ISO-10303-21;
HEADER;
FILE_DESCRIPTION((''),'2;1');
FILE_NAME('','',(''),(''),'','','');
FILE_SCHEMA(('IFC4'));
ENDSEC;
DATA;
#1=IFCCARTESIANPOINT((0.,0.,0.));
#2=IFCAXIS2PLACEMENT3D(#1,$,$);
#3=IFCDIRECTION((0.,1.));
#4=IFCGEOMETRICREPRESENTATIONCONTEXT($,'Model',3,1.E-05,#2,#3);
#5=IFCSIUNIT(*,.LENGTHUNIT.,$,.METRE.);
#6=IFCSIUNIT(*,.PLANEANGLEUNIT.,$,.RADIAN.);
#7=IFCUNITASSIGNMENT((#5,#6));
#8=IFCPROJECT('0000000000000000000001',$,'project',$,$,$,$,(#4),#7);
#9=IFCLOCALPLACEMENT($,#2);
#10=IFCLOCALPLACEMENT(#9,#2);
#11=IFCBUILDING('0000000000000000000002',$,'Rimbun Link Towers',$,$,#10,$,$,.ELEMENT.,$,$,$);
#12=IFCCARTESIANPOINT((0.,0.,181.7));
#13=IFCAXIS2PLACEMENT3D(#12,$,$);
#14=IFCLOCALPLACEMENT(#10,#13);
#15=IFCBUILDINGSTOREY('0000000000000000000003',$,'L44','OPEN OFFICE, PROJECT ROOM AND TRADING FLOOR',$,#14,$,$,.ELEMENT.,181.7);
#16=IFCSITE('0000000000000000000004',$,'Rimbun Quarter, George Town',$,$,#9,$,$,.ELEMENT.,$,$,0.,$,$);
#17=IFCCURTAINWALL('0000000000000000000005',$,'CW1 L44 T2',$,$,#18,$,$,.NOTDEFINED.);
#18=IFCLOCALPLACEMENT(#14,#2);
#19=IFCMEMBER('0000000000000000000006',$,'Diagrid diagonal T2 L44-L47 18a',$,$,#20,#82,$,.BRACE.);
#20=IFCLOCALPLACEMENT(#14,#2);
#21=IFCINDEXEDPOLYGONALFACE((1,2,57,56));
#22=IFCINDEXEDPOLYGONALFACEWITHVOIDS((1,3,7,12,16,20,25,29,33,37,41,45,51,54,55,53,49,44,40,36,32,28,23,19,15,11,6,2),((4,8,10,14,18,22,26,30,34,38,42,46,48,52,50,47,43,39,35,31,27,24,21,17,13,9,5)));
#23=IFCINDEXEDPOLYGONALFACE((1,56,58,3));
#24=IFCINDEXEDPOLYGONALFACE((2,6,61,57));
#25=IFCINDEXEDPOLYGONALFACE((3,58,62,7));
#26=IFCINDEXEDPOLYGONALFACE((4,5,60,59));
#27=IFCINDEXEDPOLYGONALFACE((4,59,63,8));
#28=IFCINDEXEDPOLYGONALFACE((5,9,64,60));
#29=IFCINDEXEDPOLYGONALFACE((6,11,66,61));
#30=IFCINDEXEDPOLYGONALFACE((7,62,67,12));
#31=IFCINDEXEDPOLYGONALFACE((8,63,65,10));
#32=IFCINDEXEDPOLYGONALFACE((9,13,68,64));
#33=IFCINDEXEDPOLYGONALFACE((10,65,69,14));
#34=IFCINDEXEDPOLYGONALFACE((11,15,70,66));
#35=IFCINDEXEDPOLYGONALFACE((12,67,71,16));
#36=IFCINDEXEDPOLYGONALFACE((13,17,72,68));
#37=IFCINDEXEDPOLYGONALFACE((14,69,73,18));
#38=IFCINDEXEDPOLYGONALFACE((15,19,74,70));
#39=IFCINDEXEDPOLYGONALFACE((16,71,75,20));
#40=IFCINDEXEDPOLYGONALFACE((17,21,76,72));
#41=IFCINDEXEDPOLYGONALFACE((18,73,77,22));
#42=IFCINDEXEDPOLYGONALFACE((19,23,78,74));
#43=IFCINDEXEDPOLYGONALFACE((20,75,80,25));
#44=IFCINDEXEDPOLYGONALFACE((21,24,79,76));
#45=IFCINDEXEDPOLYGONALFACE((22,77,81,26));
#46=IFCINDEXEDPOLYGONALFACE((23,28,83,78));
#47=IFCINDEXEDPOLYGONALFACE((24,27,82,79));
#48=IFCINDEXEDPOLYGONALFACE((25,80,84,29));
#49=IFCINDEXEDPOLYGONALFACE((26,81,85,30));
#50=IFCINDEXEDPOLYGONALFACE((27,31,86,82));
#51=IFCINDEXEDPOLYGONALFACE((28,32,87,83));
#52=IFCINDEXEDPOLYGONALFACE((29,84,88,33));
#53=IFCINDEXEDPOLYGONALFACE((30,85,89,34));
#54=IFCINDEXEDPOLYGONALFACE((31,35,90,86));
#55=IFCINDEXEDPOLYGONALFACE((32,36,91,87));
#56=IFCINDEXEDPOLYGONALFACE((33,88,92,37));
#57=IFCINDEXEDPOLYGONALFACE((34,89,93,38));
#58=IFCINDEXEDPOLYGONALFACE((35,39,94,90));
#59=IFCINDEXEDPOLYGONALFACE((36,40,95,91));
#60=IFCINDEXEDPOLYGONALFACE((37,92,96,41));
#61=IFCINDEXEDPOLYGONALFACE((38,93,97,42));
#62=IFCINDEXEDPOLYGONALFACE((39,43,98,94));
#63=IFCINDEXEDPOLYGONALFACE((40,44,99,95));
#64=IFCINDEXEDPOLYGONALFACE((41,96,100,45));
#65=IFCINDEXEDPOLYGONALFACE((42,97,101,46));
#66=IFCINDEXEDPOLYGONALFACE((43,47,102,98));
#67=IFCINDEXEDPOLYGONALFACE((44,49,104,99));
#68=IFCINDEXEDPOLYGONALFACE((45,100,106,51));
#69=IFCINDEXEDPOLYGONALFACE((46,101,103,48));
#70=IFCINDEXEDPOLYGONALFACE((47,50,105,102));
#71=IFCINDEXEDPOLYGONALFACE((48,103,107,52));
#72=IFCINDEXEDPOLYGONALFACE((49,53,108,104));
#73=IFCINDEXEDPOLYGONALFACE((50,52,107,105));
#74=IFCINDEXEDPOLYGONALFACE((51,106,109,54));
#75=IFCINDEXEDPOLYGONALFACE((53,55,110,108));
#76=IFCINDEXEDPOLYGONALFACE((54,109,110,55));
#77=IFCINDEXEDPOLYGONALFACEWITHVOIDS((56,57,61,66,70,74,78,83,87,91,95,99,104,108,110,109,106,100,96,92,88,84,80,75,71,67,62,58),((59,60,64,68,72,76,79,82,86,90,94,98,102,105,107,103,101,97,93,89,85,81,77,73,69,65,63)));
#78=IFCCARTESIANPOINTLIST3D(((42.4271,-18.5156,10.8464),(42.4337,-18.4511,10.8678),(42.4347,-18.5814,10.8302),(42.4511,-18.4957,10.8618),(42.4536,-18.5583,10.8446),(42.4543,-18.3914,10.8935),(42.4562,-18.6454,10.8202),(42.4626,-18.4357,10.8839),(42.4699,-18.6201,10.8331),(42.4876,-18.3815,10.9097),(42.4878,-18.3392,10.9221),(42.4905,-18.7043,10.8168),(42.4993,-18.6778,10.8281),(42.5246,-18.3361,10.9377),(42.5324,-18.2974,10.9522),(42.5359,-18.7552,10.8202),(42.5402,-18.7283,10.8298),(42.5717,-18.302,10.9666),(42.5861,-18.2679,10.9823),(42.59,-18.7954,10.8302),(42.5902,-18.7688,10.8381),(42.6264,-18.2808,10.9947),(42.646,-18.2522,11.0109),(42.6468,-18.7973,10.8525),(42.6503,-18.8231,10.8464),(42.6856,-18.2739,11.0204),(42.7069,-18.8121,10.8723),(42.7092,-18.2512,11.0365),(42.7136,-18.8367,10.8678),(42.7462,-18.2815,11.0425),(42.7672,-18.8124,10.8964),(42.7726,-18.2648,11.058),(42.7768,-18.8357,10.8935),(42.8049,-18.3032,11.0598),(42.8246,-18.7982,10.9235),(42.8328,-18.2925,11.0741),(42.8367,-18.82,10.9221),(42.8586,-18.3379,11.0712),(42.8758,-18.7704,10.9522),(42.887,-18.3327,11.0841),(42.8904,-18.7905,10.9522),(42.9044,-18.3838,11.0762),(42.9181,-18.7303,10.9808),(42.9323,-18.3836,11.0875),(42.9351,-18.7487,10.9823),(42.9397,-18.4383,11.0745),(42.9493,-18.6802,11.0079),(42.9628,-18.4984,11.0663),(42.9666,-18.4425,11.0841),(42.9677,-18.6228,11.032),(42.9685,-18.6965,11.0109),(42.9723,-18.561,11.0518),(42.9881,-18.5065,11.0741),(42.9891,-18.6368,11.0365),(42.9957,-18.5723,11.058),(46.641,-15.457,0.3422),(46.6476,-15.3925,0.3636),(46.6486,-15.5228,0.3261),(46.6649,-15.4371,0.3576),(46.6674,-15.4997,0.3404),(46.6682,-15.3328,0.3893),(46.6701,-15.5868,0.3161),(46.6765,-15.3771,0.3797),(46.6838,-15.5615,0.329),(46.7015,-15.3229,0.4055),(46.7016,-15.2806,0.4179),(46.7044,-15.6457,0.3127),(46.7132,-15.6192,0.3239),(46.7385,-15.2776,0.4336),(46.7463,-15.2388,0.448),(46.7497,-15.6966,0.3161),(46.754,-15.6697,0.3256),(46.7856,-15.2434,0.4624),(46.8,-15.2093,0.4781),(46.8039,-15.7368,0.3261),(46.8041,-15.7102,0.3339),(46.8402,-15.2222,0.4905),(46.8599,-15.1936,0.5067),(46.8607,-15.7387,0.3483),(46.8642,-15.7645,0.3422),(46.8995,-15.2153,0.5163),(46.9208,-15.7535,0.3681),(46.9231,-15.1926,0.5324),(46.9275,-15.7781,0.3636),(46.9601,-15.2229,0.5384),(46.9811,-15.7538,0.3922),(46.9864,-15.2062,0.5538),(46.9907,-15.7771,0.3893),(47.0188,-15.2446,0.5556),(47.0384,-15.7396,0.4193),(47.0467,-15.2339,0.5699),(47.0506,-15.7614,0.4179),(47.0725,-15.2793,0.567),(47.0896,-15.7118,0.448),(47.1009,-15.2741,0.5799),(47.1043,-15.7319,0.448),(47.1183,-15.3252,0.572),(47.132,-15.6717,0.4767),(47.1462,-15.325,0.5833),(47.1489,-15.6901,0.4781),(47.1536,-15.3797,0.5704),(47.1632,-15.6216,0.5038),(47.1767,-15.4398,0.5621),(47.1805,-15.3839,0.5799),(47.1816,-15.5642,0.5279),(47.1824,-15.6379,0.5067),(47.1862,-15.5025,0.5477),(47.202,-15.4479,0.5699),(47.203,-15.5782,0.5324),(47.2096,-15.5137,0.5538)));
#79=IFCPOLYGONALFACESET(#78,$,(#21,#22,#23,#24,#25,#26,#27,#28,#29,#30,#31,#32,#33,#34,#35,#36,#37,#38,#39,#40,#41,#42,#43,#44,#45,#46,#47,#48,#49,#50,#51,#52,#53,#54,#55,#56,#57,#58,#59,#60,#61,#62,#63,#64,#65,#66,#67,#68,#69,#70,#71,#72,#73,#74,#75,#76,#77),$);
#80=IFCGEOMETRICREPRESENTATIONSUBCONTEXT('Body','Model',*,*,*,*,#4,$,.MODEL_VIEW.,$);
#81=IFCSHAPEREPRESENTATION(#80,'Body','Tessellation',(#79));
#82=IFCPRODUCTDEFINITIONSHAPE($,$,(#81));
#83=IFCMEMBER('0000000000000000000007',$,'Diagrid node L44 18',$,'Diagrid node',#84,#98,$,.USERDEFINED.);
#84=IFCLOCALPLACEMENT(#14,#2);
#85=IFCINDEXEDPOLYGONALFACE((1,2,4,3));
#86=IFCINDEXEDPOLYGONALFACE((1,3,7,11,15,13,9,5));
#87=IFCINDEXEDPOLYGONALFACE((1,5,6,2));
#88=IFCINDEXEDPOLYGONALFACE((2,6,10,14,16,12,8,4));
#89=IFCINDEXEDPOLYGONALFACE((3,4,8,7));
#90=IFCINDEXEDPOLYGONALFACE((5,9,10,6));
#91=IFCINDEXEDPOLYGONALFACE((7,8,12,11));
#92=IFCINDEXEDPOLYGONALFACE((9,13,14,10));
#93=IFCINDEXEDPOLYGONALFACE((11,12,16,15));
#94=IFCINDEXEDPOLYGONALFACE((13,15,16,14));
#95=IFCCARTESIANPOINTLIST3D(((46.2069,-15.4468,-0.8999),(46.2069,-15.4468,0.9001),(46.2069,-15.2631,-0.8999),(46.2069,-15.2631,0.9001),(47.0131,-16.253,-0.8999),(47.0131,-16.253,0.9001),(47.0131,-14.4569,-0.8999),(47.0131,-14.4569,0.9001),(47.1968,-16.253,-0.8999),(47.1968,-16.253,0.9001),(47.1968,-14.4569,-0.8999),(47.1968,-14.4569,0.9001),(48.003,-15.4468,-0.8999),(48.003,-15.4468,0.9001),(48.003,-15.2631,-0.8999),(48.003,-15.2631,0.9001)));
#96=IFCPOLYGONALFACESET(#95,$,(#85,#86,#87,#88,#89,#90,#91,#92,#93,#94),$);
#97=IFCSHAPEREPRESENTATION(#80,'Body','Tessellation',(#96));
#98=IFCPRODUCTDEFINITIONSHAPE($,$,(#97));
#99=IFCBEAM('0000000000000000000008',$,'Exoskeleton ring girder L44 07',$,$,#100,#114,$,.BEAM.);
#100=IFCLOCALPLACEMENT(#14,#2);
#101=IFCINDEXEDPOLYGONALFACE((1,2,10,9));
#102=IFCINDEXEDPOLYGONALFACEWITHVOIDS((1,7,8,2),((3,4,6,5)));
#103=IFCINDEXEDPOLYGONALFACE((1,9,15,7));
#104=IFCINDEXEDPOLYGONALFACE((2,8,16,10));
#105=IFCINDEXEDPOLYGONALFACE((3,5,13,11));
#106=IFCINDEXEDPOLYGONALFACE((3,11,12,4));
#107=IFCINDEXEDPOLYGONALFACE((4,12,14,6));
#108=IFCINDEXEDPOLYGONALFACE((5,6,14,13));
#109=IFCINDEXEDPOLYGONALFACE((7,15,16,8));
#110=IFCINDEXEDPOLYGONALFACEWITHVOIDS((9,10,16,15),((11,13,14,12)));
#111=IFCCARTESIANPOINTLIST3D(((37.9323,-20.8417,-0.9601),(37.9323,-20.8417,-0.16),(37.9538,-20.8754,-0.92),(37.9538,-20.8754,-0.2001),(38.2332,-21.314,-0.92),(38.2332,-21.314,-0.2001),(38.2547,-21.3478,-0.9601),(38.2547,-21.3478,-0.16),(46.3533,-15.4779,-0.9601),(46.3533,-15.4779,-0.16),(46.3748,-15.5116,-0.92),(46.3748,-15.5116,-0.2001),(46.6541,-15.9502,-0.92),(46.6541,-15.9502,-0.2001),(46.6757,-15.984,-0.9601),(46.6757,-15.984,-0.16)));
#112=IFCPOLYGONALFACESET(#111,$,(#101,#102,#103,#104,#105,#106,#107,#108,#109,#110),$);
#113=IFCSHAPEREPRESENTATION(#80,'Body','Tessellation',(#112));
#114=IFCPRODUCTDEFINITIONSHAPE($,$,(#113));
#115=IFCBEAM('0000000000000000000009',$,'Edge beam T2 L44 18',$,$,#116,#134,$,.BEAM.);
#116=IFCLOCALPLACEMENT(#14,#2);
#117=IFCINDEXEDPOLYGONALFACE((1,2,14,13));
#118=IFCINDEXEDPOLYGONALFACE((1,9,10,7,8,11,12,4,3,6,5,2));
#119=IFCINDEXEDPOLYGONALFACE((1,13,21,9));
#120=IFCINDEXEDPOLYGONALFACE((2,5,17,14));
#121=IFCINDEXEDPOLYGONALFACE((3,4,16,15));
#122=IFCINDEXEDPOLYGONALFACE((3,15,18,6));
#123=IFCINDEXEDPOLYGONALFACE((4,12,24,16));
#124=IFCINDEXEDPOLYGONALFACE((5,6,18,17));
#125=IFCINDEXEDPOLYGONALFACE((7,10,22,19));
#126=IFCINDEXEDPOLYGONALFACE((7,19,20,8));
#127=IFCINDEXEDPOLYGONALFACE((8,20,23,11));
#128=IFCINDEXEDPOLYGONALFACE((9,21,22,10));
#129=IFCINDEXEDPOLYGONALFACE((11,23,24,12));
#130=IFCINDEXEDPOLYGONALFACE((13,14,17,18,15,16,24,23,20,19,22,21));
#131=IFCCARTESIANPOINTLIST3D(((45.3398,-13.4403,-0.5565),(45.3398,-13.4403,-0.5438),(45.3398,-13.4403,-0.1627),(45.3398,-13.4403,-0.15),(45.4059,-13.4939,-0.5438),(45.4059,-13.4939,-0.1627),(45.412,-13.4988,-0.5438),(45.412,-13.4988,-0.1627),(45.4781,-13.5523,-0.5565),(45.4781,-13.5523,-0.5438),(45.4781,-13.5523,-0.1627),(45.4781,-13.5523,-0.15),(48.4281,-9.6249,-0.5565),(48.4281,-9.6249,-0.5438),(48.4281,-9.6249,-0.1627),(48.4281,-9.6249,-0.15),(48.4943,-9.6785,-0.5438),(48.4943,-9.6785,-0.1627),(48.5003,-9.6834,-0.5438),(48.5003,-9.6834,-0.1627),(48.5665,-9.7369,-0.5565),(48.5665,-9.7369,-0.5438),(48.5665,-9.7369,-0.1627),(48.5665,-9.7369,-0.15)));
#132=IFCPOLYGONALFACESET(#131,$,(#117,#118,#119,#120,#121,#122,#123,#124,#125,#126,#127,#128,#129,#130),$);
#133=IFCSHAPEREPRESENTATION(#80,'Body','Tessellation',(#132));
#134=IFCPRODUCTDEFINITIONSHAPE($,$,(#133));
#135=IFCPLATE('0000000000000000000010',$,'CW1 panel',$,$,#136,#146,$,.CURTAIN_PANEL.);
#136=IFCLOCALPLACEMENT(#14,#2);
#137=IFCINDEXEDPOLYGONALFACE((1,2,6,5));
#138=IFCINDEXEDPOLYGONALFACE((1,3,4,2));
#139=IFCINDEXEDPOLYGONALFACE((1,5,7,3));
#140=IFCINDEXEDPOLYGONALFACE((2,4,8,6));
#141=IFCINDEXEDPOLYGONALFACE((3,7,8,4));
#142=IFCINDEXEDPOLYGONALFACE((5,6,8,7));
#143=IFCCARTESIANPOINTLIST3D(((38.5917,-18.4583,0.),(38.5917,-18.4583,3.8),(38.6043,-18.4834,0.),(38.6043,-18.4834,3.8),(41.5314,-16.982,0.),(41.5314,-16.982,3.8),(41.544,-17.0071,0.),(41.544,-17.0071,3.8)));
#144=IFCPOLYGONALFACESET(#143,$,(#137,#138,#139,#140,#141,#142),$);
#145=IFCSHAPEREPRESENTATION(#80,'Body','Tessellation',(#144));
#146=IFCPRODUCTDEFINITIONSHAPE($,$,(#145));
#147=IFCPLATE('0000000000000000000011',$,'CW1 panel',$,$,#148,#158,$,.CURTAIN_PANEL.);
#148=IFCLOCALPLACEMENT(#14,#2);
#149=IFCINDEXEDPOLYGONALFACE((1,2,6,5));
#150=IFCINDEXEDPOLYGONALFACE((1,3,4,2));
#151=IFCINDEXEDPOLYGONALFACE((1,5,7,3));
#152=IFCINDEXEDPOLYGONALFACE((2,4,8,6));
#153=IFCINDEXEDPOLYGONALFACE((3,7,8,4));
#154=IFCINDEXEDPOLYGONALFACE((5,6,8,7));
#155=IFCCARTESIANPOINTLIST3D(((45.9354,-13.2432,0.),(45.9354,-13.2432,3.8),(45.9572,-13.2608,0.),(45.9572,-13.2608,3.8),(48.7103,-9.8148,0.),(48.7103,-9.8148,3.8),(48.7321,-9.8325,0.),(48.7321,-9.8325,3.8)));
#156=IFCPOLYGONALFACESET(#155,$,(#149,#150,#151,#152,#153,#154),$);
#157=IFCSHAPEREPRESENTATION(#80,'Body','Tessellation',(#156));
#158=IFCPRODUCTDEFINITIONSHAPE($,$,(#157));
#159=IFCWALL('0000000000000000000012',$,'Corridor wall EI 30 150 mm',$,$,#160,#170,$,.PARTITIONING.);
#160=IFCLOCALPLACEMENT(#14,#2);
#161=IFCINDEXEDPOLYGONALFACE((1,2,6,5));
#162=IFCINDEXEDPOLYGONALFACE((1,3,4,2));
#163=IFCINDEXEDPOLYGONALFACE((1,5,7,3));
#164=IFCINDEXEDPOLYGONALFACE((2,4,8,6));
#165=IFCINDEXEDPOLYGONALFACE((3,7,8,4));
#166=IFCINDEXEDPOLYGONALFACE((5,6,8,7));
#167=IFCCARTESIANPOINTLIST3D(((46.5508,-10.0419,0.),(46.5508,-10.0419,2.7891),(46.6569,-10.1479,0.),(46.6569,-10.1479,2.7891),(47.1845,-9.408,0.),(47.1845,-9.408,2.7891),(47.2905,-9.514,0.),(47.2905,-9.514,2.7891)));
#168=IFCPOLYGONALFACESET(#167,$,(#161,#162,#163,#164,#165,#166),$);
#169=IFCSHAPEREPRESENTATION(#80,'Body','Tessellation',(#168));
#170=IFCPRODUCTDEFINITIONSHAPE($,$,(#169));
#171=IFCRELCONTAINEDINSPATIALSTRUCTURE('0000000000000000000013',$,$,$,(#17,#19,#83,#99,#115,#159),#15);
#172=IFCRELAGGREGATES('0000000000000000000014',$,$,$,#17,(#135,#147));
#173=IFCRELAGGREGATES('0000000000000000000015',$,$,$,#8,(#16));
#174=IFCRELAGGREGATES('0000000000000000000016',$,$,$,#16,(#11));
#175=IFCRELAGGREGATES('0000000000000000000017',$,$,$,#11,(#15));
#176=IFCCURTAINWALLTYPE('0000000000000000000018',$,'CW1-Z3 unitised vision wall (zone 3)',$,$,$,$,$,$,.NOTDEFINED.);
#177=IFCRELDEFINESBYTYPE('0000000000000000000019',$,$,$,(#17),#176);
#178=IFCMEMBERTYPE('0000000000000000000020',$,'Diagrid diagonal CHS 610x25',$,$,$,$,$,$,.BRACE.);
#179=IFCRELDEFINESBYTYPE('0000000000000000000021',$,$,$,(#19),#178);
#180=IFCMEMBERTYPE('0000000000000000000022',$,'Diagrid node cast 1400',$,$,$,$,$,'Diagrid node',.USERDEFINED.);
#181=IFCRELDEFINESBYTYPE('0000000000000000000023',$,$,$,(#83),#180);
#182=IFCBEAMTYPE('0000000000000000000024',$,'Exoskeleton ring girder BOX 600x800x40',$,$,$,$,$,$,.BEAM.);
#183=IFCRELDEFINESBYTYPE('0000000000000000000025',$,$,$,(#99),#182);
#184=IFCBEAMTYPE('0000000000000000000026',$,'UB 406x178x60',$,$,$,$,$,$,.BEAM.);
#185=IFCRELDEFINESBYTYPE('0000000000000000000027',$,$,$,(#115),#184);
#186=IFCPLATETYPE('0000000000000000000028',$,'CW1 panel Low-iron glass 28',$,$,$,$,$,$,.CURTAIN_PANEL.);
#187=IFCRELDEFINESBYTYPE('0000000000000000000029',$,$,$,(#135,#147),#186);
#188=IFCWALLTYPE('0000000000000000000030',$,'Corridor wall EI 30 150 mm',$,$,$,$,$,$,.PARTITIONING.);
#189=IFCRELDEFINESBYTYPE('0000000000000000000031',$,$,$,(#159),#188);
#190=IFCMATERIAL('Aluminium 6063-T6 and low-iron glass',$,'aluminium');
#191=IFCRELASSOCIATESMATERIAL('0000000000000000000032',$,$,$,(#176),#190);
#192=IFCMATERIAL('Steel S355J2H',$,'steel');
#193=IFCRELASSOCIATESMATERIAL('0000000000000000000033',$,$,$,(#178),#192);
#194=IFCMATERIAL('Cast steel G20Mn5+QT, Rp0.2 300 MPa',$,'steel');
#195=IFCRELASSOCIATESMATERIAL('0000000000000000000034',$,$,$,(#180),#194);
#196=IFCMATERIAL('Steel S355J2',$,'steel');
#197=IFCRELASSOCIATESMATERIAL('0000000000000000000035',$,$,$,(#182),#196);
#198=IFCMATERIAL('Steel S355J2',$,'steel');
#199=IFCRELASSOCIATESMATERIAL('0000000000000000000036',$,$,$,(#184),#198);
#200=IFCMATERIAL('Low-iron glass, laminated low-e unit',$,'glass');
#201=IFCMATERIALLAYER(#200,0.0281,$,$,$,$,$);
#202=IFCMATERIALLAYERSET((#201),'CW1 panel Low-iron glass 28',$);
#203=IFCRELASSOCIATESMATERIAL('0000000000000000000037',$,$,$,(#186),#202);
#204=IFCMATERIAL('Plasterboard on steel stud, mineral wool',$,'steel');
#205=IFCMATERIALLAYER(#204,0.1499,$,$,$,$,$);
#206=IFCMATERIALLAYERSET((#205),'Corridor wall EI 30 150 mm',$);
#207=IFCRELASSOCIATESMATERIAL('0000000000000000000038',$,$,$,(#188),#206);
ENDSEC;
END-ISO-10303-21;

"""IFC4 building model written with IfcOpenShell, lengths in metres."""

from ifc_helpers import new_model, si_unit, direction, frame, frame_2d, origin, origin_2d, place, context, subcontext, project, spatial, polyline, rectangle, hollow_rectangle, hollow_circle, i_section, outline, extrude, material, layer, layer_set, material_profile, profile_set, type_object, element, aggregate, save


model = new_model("IFC4")

# Units and contexts
model_context = context("Model", 3, precision=1e-05, world=origin(), true_north=direction((0.0, 1.0)))
body_context = subcontext(model_context, "Body", "Model", "MODEL_VIEW")
ifc_project = project(units=[si_unit("LENGTHUNIT", "METRE"), si_unit("PLANEANGLEUNIT", "RADIAN")], contexts=[model_context])

# Site, building, storey
site_placement = place(None, origin())
site = spatial("IfcSite", under=ifc_project, at=site_placement, Name="Rimbun Quarter, George Town", CompositionType="ELEMENT", RefElevation=0.0)
building_placement = place(site_placement, origin())
building = spatial("IfcBuilding", under=site, at=building_placement, Name="Rimbun Link Towers", CompositionType="ELEMENT")
storey_placement = place(building_placement, frame((0.0, 0.0, 181.7)))
storey = spatial("IfcBuildingStorey", under=building, at=storey_placement, Name="L44", Description="OPEN OFFICE, PROJECT ROOM AND TRADING FLOOR", CompositionType="ELEMENT", Elevation=181.7)

# Curtain wall
ifc_material_1 = material(Name="Aluminium 6063-T6 and low-iron glass", Category="aluminium")
curtain_wall_type = type_object("IfcCurtainWallType", Name="CW1-Z3 unitised vision wall (zone 3)", PredefinedType="NOTDEFINED", material=ifc_material_1)
curtain_wall_placement = place(storey_placement, origin())
curtain_wall = element("IfcCurtainWall", 1, at=curtain_wall_placement, inside=storey, type_object=curtain_wall_type, Name="CW1 L44 T2", PredefinedType="NOTDEFINED")

# Members
ifc_material_2 = material(Name="Steel S355J2H", Category="steel")
ifc_material_profile_1 = material_profile(ifc_material_2, hollow_circle(Radius=0.3047, WallThickness=0.0249, at=origin_2d()), Name="Diagrid diagonal CHS 610x25")
ifc_profile_set_1 = profile_set([ifc_material_profile_1], Name="Steel S355J2H")
member_type_1 = type_object("IfcMemberType", Name="Diagrid diagonal CHS 610x25", PredefinedType="BRACE", material=ifc_profile_set_1)
member_1_placement = place(storey_placement, frame((46.9253, -15.4854, 0.448), z_axis=(-0.359427, -0.260886, 0.895964), x_axis=(0.587413, -0.809287, 0.0)))
element("IfcMember", 2, at=member_1_placement, inside=storey, type_object=member_type_1, Name="Diagrid diagonal T2 L44-L47 18a", PredefinedType="BRACE", context=body_context, shape_type="SweptSolid", body=[
    extrude(hollow_circle(Radius=0.3047, WallThickness=0.0249, at=origin_2d()), origin(), (0.0, 0.0, 1.0), 11.7239),
])
ifc_material_3 = material(Name="Cast steel G20Mn5+QT, Rp0.2 300 MPa", Category="steel")
ifc_material_profile_2 = material_profile(ifc_material_3, outline(polyline([(0.7, -0.5701), (0.7, 0.5701), (0.5701, 0.7), (-0.5701, 0.7), (-0.7, 0.5701), (-0.7, -0.5701), (-0.5701, -0.7), (0.5701, -0.7), (0.7, -0.5701)])), Name="NODE 1400x1400")
ifc_profile_set_2 = profile_set([ifc_material_profile_2], Name="Cast steel G20Mn5+QT, Rp0.2 300 MPa")
member_type_2 = type_object("IfcMemberType", Name="Diagrid node cast 1400", ElementType="Diagrid node", PredefinedType="USERDEFINED", material=ifc_profile_set_2)
member_2_placement = place(storey_placement, frame((47.105, -15.355, -0.8999), z_axis=(0.0, 0.0, 1.0), x_axis=(0.707107, -0.707107, 0.0)))
element("IfcMember", 3, at=member_2_placement, inside=storey, type_object=member_type_2, Name="Diagrid node L44 18", ObjectType="Diagrid node", PredefinedType="USERDEFINED", context=body_context, shape_type="SweptSolid", body=[
    extrude(outline(polyline([(0.7, -0.5701), (0.7, 0.5701), (0.5701, 0.7), (-0.5701, 0.7), (-0.7, 0.5701), (-0.7, -0.5701), (-0.5701, -0.7), (0.5701, -0.7), (0.7, -0.5701)])), origin(), (0.0, 0.0, 1.0), 1.8),
])

# Beams
ifc_material_4 = material(Name="Steel S355J2", Category="steel")
ifc_material_profile_3 = material_profile(ifc_material_4, hollow_rectangle(XDim=0.6001, YDim=0.8, WallThickness=0.04, at=origin_2d()), Name="Exoskeleton ring girder BOX 600x800x40")
ifc_profile_set_3 = profile_set([ifc_material_profile_3], Name="Steel S355J2")
beam_type_1 = type_object("IfcBeamType", Name="Exoskeleton ring girder BOX 600x800x40", PredefinedType="BEAM", material=ifc_profile_set_3)
beam_1_placement = place(storey_placement, frame((38.0935, -21.0947, -0.5601), z_axis=(0.843434, 0.537233, 0.0), x_axis=(-0.537233, 0.843434, 0.0)))
element("IfcBeam", 4, at=beam_1_placement, inside=storey, type_object=beam_type_1, Name="Exoskeleton ring girder L44 07", PredefinedType="BEAM", context=body_context, shape_type="SweptSolid", body=[
    extrude(hollow_rectangle(XDim=0.6001, YDim=0.8, WallThickness=0.04, at=origin_2d()), origin(), (0.0, 0.0, 1.0), 9.9841),
])
ifc_material_5 = material(Name="Steel S355J2", Category="steel")
ifc_material_profile_4 = material_profile(ifc_material_5, i_section(OverallWidth=0.178, OverallDepth=0.4065, WebThickness=0.0078, FlangeThickness=0.0127, at=origin_2d()), Name="UB 406x178x60")
ifc_profile_set_4 = profile_set([ifc_material_profile_4], Name="Steel S355J2")
beam_type_2 = type_object("IfcBeamType", Name="UB 406x178x60", PredefinedType="BEAM", material=ifc_profile_set_4)
beam_2_placement = place(storey_placement, frame((45.4089, -13.4963, -0.3533), z_axis=(0.629161, 0.777275, 0.0), x_axis=(-0.777275, 0.629161, 0.0)))
element("IfcBeam", 5, at=beam_2_placement, inside=storey, type_object=beam_type_2, Name="Edge beam T2 L44 18", PredefinedType="BEAM", context=body_context, shape_type="SweptSolid", body=[
    extrude(i_section(OverallWidth=0.178, OverallDepth=0.4065, WebThickness=0.0078, FlangeThickness=0.0127, at=origin_2d()), origin(), (0.0, 0.0, 1.0), 4.9087),
])

# Plates
ifc_material_6 = material(Name="Low-iron glass, laminated low-e unit", Category="glass")
ifc_layer_1 = layer(ifc_material_6, 0.0281)
ifc_layer_set_1 = layer_set([ifc_layer_1], Name="CW1 panel Low-iron glass 28")
plate_type = type_object("IfcPlateType", Name="CW1 panel Low-iron glass 28", PredefinedType="CURTAIN_PANEL", material=ifc_layer_set_1)
plate_1_placement = place(storey_placement, frame((40.0679, -17.7327, 0.0), z_axis=(0.0, 0.0, 1.0), x_axis=(-0.893642, -0.448781, 0.0)))
plate_1 = element("IfcPlate", 6, at=plate_1_placement, type_object=plate_type, Name="CW1 panel", PredefinedType="CURTAIN_PANEL", context=body_context, shape_type="SweptSolid", body=[
    extrude(rectangle(XDim=3.2896, YDim=0.0281, at=origin_2d()), origin(), (0.0, 0.0, 1.0), 3.8),
])
plate_2_placement = place(storey_placement, frame((47.3337, -11.5378, 0.0), z_axis=(0.0, 0.0, 1.0), x_axis=(-0.629146, -0.777287, 0.0)))
plate_2 = element("IfcPlate", 7, at=plate_2_placement, type_object=plate_type, Name="CW1 panel", PredefinedType="CURTAIN_PANEL", context=body_context, shape_type="SweptSolid", body=[
    extrude(rectangle(XDim=4.4106, YDim=0.0281, at=origin_2d()), origin(), (0.0, 0.0, 1.0), 3.8),
])
aggregate(curtain_wall, [plate_1, plate_2])

# Wall
ifc_material_7 = material(Name="Plasterboard on steel stud, mineral wool", Category="steel")
ifc_layer_2 = layer(ifc_material_7, 0.1499)
ifc_layer_set_2 = layer_set([ifc_layer_2], Name="Corridor wall EI 30 150 mm")
wall_type_1 = type_object("IfcWallType", Name="Corridor wall EI 30 150 mm", PredefinedType="PARTITIONING", material=ifc_layer_set_2)
wall_1_placement = place(storey_placement, frame((46.6038, -10.095, 0.0), z_axis=(0.0, 0.0, 1.0), x_axis=(0.706971, 0.707243, 0.0)))
element("IfcWall", 8, at=wall_1_placement, inside=storey, type_object=wall_type_1, Name="Corridor wall EI 30 150 mm", PredefinedType="PARTITIONING", context=body_context, shape_type="SweptSolid", body=[
    extrude(rectangle(XDim=0.8962, YDim=0.1499, at=frame_2d((0.4482, 0.0))), origin(), (0.0, 0.0, 1.0), 2.7891),
])

save(model, "model.ifc")
